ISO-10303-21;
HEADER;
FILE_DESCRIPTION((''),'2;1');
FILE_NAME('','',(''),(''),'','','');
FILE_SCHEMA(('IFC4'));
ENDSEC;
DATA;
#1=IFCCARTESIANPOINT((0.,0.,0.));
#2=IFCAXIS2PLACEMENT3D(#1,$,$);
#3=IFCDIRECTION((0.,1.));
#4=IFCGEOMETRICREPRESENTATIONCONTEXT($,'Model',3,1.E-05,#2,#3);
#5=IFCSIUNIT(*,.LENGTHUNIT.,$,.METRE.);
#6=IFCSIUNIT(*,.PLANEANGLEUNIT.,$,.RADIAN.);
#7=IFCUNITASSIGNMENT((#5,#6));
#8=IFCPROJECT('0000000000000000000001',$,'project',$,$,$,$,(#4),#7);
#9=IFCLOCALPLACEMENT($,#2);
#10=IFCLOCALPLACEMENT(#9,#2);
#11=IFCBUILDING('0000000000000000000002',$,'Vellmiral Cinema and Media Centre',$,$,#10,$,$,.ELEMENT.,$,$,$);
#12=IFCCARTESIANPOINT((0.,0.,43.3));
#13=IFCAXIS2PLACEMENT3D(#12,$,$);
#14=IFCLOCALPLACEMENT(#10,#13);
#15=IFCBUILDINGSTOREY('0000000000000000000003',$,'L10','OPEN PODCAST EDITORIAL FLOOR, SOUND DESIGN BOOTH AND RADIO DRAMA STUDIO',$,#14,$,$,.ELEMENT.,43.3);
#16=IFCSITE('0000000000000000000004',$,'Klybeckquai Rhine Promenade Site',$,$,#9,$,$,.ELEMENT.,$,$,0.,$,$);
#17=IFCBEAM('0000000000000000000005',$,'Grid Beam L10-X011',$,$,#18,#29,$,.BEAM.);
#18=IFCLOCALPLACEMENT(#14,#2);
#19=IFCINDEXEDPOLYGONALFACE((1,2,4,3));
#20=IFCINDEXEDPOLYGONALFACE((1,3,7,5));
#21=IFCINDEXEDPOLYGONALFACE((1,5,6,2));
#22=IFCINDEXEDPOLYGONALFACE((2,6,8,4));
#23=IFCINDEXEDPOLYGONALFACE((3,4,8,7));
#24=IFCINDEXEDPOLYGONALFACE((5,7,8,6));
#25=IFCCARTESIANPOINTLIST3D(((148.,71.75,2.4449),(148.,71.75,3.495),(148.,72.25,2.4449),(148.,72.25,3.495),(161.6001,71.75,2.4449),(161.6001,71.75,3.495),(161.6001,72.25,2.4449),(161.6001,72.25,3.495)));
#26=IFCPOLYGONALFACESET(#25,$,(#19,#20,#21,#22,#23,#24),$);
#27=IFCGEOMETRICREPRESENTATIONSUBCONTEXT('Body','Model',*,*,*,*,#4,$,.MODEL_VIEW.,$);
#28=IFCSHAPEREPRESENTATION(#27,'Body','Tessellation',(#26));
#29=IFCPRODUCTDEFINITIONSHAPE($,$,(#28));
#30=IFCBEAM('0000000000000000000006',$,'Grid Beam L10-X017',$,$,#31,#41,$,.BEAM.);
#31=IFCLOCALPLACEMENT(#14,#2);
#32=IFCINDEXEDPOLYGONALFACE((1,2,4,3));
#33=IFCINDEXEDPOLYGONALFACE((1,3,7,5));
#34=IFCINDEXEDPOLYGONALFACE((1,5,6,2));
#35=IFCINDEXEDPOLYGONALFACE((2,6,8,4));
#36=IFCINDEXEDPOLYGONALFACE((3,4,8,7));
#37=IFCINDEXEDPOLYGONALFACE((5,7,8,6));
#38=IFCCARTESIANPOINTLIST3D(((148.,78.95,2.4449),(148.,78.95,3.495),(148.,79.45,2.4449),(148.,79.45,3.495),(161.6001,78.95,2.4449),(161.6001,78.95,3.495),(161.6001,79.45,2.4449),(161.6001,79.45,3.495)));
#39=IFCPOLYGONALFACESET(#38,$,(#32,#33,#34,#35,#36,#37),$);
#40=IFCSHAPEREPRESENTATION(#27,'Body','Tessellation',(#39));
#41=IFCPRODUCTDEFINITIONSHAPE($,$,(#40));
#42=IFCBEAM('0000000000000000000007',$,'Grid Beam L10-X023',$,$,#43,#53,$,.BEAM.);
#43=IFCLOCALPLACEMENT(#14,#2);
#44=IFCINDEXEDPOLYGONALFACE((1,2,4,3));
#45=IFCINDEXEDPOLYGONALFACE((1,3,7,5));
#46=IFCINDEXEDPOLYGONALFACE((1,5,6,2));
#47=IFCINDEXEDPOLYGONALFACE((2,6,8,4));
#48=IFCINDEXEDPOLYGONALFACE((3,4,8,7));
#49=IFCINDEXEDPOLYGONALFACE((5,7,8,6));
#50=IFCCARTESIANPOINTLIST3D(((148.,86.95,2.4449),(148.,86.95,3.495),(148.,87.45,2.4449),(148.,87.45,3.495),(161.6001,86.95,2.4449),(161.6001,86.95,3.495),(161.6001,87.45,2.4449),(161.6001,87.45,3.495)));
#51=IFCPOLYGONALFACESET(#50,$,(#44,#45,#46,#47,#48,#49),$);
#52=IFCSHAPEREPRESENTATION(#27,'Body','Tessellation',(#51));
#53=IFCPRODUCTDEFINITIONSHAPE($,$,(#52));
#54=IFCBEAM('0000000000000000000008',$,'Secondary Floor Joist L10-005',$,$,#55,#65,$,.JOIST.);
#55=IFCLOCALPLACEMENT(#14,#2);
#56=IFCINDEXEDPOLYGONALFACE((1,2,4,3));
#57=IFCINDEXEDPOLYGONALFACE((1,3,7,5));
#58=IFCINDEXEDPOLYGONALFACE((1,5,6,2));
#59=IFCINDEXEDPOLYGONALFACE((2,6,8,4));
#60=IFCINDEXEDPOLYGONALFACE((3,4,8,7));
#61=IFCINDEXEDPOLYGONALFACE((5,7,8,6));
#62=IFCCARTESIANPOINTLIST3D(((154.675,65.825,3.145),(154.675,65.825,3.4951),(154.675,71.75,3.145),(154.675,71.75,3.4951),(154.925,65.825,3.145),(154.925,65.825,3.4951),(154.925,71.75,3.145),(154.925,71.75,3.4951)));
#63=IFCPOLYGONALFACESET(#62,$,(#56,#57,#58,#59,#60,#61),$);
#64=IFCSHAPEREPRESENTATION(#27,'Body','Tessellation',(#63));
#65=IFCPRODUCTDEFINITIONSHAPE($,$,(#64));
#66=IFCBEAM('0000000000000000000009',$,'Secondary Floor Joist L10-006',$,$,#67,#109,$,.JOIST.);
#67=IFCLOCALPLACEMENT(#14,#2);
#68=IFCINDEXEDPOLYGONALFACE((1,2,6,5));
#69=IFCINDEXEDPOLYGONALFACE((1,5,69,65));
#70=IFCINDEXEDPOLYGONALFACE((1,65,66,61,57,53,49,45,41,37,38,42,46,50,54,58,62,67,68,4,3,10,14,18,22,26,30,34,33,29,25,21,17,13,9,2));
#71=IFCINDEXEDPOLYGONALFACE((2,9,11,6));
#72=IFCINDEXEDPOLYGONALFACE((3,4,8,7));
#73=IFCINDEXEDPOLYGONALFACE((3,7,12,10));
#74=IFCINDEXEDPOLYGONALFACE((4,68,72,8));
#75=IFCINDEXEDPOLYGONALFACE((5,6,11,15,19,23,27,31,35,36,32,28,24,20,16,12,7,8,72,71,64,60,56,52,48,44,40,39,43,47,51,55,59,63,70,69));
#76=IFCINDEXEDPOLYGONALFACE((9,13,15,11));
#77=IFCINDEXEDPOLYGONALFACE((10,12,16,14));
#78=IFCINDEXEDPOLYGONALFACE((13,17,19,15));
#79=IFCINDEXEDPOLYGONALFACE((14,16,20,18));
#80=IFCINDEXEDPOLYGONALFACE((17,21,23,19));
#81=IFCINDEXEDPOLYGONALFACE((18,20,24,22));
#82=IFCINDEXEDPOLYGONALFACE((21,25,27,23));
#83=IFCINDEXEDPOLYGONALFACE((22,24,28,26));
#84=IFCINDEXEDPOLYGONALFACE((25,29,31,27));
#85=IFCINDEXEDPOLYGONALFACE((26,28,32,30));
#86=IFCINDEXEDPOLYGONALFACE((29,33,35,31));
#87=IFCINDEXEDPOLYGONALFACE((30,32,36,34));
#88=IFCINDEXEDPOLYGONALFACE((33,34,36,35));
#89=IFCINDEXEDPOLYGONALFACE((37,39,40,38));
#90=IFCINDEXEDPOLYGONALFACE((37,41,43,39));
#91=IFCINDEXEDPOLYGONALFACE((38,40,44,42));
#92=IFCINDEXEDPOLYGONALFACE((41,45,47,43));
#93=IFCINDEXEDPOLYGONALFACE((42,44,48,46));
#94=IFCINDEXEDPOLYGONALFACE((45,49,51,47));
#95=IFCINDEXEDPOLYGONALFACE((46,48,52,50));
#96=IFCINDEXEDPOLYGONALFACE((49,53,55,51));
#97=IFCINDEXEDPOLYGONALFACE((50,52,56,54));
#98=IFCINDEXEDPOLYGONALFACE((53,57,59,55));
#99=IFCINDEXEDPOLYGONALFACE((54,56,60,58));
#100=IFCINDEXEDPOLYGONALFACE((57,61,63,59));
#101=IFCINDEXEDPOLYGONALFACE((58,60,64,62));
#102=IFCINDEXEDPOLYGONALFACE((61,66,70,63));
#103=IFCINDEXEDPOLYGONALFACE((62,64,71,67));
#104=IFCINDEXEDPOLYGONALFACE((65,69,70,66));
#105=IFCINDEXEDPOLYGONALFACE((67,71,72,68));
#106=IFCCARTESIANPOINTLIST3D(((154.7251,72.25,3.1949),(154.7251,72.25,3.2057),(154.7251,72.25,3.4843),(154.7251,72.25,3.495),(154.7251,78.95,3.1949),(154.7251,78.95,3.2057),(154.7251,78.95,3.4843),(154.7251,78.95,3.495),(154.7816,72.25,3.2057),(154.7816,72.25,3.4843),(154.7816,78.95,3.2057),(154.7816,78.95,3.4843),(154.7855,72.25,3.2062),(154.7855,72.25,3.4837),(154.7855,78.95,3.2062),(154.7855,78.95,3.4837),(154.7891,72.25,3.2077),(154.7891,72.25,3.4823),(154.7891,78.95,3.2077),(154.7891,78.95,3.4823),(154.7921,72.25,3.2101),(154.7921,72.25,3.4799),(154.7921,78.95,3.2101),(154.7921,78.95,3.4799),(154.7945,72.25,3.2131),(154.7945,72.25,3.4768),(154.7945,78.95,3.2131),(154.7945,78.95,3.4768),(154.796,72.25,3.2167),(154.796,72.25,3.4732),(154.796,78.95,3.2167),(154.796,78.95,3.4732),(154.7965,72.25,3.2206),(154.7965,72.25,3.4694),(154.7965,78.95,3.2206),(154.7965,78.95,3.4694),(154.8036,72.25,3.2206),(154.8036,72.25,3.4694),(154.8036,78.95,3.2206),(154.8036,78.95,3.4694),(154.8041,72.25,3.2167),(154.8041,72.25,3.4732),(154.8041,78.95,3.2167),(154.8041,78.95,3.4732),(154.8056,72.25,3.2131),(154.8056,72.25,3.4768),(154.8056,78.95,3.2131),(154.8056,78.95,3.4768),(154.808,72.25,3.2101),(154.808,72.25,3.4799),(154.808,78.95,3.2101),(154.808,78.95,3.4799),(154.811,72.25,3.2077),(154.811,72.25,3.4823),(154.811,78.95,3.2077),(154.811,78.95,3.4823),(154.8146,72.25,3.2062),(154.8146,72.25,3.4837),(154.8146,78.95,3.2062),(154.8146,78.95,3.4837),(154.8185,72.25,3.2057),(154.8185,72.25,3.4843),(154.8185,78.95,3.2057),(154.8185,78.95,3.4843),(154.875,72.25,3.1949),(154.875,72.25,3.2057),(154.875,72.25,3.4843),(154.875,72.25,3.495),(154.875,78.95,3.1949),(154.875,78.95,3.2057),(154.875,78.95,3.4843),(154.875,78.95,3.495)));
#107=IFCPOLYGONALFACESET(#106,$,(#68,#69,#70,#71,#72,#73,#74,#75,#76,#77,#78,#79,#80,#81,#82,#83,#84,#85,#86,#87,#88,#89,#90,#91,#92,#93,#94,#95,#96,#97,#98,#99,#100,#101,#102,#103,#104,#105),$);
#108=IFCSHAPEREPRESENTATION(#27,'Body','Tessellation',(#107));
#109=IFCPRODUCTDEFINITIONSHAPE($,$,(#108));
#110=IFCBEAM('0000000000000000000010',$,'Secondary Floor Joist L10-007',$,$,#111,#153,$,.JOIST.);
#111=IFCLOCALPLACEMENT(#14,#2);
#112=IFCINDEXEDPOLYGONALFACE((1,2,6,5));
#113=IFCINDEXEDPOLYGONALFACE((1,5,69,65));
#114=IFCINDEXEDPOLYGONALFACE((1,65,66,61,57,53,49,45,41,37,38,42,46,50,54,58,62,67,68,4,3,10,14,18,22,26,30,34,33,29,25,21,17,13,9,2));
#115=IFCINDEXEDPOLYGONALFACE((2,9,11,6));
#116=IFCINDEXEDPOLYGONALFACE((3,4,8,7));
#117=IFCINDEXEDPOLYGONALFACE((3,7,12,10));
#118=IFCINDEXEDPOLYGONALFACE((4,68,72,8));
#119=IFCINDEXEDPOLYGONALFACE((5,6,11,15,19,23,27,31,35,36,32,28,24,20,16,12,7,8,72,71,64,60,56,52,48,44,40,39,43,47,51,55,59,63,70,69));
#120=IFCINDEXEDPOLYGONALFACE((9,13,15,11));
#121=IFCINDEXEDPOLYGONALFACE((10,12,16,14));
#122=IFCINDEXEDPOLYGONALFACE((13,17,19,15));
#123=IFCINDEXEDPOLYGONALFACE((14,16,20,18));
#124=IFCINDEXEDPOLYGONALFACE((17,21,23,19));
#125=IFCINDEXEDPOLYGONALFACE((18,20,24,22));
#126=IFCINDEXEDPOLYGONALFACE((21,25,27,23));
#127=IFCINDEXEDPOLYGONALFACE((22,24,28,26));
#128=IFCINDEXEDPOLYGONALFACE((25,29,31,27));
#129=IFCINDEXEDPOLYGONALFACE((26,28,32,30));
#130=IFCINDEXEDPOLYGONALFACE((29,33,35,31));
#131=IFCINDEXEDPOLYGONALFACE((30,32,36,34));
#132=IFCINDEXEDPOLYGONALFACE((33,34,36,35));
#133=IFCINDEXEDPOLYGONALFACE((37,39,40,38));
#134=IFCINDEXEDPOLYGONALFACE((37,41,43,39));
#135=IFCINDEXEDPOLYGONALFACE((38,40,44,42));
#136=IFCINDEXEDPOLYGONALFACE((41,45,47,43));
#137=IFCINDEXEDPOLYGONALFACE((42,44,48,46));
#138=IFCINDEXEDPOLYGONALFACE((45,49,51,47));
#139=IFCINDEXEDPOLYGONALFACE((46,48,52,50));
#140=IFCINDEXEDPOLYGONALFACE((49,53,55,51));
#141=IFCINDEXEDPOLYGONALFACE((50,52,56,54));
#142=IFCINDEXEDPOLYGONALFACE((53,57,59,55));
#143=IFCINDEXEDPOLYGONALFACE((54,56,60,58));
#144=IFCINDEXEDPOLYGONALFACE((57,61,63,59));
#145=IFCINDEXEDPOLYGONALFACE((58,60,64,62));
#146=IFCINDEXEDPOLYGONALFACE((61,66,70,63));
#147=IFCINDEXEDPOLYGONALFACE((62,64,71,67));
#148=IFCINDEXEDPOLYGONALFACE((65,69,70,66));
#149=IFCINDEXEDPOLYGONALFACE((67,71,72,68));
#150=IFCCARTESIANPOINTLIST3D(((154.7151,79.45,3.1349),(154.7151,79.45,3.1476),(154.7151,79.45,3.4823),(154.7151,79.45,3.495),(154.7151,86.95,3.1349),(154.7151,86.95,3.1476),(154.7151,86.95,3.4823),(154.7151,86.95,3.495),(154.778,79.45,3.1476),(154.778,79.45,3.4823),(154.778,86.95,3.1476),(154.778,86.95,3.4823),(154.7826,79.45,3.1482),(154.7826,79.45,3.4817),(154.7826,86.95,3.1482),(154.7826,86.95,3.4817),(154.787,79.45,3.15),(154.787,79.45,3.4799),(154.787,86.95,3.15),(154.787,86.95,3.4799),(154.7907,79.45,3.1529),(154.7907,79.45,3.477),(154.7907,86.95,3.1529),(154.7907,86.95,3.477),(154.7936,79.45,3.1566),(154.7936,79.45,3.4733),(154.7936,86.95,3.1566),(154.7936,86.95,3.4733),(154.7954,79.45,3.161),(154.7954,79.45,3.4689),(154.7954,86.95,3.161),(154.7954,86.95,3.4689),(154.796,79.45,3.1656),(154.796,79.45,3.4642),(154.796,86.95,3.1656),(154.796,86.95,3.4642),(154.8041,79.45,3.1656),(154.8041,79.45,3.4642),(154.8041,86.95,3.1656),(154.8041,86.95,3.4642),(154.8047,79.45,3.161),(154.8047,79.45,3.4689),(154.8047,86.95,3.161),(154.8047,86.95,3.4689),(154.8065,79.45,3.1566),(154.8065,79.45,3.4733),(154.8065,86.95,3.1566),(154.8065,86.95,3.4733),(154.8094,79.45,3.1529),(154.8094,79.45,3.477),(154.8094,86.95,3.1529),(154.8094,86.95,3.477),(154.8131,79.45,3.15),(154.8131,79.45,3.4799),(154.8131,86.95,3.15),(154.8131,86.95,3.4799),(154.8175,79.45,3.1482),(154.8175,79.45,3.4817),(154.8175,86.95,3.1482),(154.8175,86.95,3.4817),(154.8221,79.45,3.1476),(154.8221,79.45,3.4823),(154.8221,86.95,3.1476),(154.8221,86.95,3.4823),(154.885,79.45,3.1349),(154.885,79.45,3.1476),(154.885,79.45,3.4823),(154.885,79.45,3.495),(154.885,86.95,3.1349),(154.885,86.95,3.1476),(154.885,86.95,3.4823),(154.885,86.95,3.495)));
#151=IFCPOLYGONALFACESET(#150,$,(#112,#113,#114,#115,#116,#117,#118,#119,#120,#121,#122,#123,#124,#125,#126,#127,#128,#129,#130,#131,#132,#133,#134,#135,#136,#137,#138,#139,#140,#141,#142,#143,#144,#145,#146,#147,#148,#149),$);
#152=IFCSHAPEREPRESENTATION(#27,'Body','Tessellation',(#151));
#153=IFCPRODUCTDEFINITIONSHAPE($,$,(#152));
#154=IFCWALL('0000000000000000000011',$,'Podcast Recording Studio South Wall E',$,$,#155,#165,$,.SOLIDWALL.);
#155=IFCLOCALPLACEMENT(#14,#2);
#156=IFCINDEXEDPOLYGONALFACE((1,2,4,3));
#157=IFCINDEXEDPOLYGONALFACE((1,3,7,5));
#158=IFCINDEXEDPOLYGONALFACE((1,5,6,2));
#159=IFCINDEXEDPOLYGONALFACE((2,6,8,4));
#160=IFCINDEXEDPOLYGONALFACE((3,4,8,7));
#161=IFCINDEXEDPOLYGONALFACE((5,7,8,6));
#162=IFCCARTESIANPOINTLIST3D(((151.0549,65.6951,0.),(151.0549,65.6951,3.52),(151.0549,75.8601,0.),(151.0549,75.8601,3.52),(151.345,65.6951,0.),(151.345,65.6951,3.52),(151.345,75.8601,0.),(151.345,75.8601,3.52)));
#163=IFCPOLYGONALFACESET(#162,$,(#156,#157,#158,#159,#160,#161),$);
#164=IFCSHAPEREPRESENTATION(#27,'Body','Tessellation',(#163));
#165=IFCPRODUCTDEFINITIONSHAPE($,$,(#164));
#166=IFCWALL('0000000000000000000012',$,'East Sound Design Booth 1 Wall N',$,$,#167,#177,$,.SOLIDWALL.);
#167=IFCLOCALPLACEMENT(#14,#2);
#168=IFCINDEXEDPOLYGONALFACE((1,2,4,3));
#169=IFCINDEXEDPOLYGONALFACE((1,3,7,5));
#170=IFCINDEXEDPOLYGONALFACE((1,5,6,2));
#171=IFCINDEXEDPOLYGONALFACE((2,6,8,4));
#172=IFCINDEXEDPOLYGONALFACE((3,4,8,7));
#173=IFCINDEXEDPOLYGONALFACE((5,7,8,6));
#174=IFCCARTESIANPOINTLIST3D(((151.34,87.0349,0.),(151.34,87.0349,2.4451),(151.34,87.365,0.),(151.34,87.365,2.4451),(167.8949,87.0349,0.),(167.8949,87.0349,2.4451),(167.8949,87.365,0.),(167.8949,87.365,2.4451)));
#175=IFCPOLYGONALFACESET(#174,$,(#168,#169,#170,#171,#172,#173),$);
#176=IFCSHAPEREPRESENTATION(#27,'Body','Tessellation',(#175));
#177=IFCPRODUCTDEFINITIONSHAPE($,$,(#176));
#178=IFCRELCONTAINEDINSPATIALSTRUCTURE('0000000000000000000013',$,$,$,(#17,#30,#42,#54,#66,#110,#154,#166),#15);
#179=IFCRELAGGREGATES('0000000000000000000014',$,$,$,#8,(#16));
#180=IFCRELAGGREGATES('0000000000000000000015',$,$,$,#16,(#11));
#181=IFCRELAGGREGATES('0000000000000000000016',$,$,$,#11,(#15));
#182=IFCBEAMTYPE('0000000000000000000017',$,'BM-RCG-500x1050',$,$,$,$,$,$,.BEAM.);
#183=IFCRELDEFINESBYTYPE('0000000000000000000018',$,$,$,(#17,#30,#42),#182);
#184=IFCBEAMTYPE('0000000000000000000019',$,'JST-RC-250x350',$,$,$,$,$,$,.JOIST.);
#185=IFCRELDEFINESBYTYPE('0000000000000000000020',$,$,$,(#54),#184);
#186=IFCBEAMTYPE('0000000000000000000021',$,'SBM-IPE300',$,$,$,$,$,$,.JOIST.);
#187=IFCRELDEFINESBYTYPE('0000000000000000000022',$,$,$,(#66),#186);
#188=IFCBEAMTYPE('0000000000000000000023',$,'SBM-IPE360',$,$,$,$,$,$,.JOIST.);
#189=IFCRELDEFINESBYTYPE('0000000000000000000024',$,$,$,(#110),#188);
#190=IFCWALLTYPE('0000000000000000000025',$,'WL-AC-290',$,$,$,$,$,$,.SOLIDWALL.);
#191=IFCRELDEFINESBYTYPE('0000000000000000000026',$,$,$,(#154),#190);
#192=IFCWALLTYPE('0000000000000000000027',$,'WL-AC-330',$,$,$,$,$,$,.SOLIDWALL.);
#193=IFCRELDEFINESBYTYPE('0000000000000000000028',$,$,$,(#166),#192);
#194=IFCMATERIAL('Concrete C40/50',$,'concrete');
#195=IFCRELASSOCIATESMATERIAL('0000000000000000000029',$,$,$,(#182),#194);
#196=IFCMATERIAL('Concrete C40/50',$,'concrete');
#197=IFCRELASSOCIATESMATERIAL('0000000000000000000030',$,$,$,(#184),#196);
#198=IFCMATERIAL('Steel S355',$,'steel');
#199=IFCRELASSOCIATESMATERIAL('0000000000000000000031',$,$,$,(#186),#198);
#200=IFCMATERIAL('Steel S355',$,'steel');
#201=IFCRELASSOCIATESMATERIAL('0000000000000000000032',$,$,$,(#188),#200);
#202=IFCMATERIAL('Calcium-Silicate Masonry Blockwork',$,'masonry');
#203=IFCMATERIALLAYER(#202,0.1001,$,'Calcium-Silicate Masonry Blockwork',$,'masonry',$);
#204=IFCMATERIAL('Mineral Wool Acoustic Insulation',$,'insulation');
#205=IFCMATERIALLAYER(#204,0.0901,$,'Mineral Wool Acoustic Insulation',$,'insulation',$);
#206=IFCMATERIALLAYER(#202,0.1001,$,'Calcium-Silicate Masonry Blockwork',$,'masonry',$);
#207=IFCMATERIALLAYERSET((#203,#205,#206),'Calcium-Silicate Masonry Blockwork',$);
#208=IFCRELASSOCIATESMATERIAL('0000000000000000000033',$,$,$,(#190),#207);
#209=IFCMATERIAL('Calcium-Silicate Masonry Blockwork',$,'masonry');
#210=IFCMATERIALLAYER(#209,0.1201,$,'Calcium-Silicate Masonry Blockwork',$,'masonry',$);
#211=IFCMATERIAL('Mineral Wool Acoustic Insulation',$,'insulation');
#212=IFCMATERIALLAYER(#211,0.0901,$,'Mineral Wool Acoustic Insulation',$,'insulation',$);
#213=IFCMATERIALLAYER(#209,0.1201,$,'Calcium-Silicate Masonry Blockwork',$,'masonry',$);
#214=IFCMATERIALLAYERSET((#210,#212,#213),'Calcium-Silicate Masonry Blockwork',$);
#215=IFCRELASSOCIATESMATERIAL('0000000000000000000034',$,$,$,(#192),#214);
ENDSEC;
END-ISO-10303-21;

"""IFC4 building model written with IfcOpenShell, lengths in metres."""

from ifc_helpers import new_model, si_unit, direction, frame, frame_2d, origin, origin_2d, place, context, subcontext, project, spatial, rectangle, i_section, extrude, material, layer, layer_set, material_profile, profile_set, type_object, element, save


model = new_model("IFC4")

# Units and contexts
model_context = context("Model", 3, precision=1e-05, world=origin(), true_north=direction((0.0, 1.0)))
body_context = subcontext(model_context, "Body", "Model", "MODEL_VIEW")
ifc_project = project(units=[si_unit("LENGTHUNIT", "METRE"), si_unit("PLANEANGLEUNIT", "RADIAN")], contexts=[model_context])

# Site, building, storey
site_placement = place(None, origin())
site = spatial("IfcSite", under=ifc_project, at=site_placement, Name="Klybeckquai Rhine Promenade Site", CompositionType="ELEMENT", RefElevation=0.0)
building_placement = place(site_placement, origin())
building = spatial("IfcBuilding", under=site, at=building_placement, Name="Vellmiral Cinema and Media Centre", CompositionType="ELEMENT")
storey_placement = place(building_placement, frame((0.0, 0.0, 43.3)))
storey = spatial("IfcBuildingStorey", under=building, at=storey_placement, Name="L10", Description="OPEN PODCAST EDITORIAL FLOOR, SOUND DESIGN BOOTH AND RADIO DRAMA STUDIO", CompositionType="ELEMENT", Elevation=43.3)

# Beams
ifc_material_1 = material(Name="Concrete C40/50", Category="concrete")
ifc_material_profile_1 = material_profile(ifc_material_1, rectangle(XDim=0.5, YDim=1.05, at=origin_2d()), Name="RC 500x1050")
ifc_profile_set_1 = profile_set([ifc_material_profile_1], Name="Concrete C40/50")
beam_type_1 = type_object("IfcBeamType", Name="BM-RCG-500x1050", PredefinedType="BEAM", material=ifc_profile_set_1)
for number, where, z_axis, x_axis, name in (
    (1, (148.0, 72.0, 2.97), (1.0, 0.0, 0.0), (0.0, 1.0, 0.0), "Grid Beam L10-X011"),
    (2, (148.0, 79.2, 2.97), (1.0, 0.0, 0.0), (0.0, 1.0, 0.0), "Grid Beam L10-X017"),
    (3, (148.0, 87.2, 2.97), (1.0, 0.0, 0.0), (0.0, 1.0, 0.0), "Grid Beam L10-X023"),
):
    element("IfcBeam", number, at=place(storey_placement, frame(where, z_axis=z_axis, x_axis=x_axis)), inside=storey, type_object=beam_type_1, Name=name, PredefinedType="BEAM", context=body_context, shape_type="SweptSolid", body=[
        extrude(rectangle(XDim=0.5, YDim=1.05, at=origin_2d()), origin(), (0.0, 0.0, 1.0), 13.6001),
    ])
ifc_material_2 = material(Name="Concrete C40/50", Category="concrete")
ifc_material_profile_2 = material_profile(ifc_material_2, rectangle(XDim=0.25, YDim=0.3501, at=origin_2d()), Name="RC 250x350")
ifc_profile_set_2 = profile_set([ifc_material_profile_2], Name="Concrete C40/50")
beam_type_2 = type_object("IfcBeamType", Name="JST-RC-250x350", PredefinedType="JOIST", material=ifc_profile_set_2)
beam_1_placement = place(storey_placement, frame((154.8, 65.825, 3.3201), z_axis=(0.0, 1.0, 0.0), x_axis=(-1.0, 0.0, 0.0)))
element("IfcBeam", 4, at=beam_1_placement, inside=storey, type_object=beam_type_2, Name="Secondary Floor Joist L10-005", PredefinedType="JOIST", context=body_context, shape_type="SweptSolid", body=[
    extrude(rectangle(XDim=0.25, YDim=0.3501, at=origin_2d()), origin(), (0.0, 0.0, 1.0), 5.925),
])
ifc_material_3 = material(Name="Steel S355", Category="steel")
ifc_material_profile_3 = material_profile(ifc_material_3, i_section(OverallWidth=0.1499, OverallDepth=0.3, WebThickness=0.0071, FlangeThickness=0.0107, FilletRadius=0.0149, at=origin_2d()), Name="IPE 300")
ifc_profile_set_3 = profile_set([ifc_material_profile_3], Name="Steel S355")
beam_type_3 = type_object("IfcBeamType", Name="SBM-IPE300", PredefinedType="JOIST", material=ifc_profile_set_3)
beam_2_placement = place(storey_placement, frame((154.8, 72.25, 3.345), z_axis=(0.0, 1.0, 0.0), x_axis=(-1.0, 0.0, 0.0)))
element("IfcBeam", 5, at=beam_2_placement, inside=storey, type_object=beam_type_3, Name="Secondary Floor Joist L10-006", PredefinedType="JOIST", context=body_context, shape_type="SweptSolid", body=[
    extrude(i_section(OverallWidth=0.1499, OverallDepth=0.3, WebThickness=0.0071, FlangeThickness=0.0107, FilletRadius=0.0149, at=origin_2d()), origin(), (0.0, 0.0, 1.0), 6.7),
])
ifc_material_4 = material(Name="Steel S355", Category="steel")
ifc_material_profile_4 = material_profile(ifc_material_4, i_section(OverallWidth=0.1699, OverallDepth=0.3601, WebThickness=0.0081, FlangeThickness=0.0127, FilletRadius=0.0181, at=origin_2d()), Name="IPE 360")
ifc_profile_set_4 = profile_set([ifc_material_profile_4], Name="Steel S355")
beam_type_4 = type_object("IfcBeamType", Name="SBM-IPE360", PredefinedType="JOIST", material=ifc_profile_set_4)
beam_3_placement = place(storey_placement, frame((154.8, 79.45, 3.3149), z_axis=(0.0, 1.0, 0.0), x_axis=(-1.0, 0.0, 0.0)))
element("IfcBeam", 6, at=beam_3_placement, inside=storey, type_object=beam_type_4, Name="Secondary Floor Joist L10-007", PredefinedType="JOIST", context=body_context, shape_type="SweptSolid", body=[
    extrude(i_section(OverallWidth=0.1699, OverallDepth=0.3601, WebThickness=0.0081, FlangeThickness=0.0127, FilletRadius=0.0181, at=origin_2d()), origin(), (0.0, 0.0, 1.0), 7.5),
])

# Walls
ifc_material_5 = material(Name="Calcium-Silicate Masonry Blockwork", Category="masonry")
ifc_layer_1 = layer(ifc_material_5, 0.1001, Name="Calcium-Silicate Masonry Blockwork", Category="masonry")
ifc_material_6 = material(Name="Mineral Wool Acoustic Insulation", Category="insulation")
ifc_layer_2 = layer(ifc_material_6, 0.0901, Name="Mineral Wool Acoustic Insulation", Category="insulation")
ifc_layer_3 = layer(ifc_material_5, 0.1001, Name="Calcium-Silicate Masonry Blockwork", Category="masonry")
ifc_layer_set_1 = layer_set([ifc_layer_1, ifc_layer_2, ifc_layer_3], Name="Calcium-Silicate Masonry Blockwork")
wall_type_1 = type_object("IfcWallType", Name="WL-AC-290", PredefinedType="SOLIDWALL", material=ifc_layer_set_1)
wall_1_placement = place(storey_placement, frame((151.2, 65.6951, 0.0), z_axis=(0.0, 0.0, 1.0), x_axis=(0.0, 1.0, 0.0)))
element("IfcWall", 7, at=wall_1_placement, inside=storey, type_object=wall_type_1, Name="Podcast Recording Studio South Wall E", PredefinedType="SOLIDWALL", context=body_context, shape_type="SweptSolid", body=[
    extrude(rectangle(XDim=10.165, YDim=0.29, at=frame_2d((5.0825, 0.0))), origin(), (0.0, 0.0, 1.0), 3.52),
])
ifc_material_7 = material(Name="Calcium-Silicate Masonry Blockwork", Category="masonry")
ifc_layer_4 = layer(ifc_material_7, 0.1201, Name="Calcium-Silicate Masonry Blockwork", Category="masonry")
ifc_material_8 = material(Name="Mineral Wool Acoustic Insulation", Category="insulation")
ifc_layer_5 = layer(ifc_material_8, 0.0901, Name="Mineral Wool Acoustic Insulation", Category="insulation")
ifc_layer_6 = layer(ifc_material_7, 0.1201, Name="Calcium-Silicate Masonry Blockwork", Category="masonry")
ifc_layer_set_2 = layer_set([ifc_layer_4, ifc_layer_5, ifc_layer_6], Name="Calcium-Silicate Masonry Blockwork")
wall_type_2 = type_object("IfcWallType", Name="WL-AC-330", PredefinedType="SOLIDWALL", material=ifc_layer_set_2)
wall_2_placement = place(storey_placement, frame((151.3401, 87.2, 0.0), z_axis=(0.0, 0.0, 1.0), x_axis=(1.0, 0.0, 0.0)))
element("IfcWall", 8, at=wall_2_placement, inside=storey, type_object=wall_type_2, Name="East Sound Design Booth 1 Wall N", PredefinedType="SOLIDWALL", context=body_context, shape_type="SweptSolid", body=[
    extrude(rectangle(XDim=16.5549, YDim=0.3301, at=frame_2d((8.2773, 0.0))), origin(), (0.0, 0.0, 1.0), 2.4451),
])

save(model, "model.ifc")
